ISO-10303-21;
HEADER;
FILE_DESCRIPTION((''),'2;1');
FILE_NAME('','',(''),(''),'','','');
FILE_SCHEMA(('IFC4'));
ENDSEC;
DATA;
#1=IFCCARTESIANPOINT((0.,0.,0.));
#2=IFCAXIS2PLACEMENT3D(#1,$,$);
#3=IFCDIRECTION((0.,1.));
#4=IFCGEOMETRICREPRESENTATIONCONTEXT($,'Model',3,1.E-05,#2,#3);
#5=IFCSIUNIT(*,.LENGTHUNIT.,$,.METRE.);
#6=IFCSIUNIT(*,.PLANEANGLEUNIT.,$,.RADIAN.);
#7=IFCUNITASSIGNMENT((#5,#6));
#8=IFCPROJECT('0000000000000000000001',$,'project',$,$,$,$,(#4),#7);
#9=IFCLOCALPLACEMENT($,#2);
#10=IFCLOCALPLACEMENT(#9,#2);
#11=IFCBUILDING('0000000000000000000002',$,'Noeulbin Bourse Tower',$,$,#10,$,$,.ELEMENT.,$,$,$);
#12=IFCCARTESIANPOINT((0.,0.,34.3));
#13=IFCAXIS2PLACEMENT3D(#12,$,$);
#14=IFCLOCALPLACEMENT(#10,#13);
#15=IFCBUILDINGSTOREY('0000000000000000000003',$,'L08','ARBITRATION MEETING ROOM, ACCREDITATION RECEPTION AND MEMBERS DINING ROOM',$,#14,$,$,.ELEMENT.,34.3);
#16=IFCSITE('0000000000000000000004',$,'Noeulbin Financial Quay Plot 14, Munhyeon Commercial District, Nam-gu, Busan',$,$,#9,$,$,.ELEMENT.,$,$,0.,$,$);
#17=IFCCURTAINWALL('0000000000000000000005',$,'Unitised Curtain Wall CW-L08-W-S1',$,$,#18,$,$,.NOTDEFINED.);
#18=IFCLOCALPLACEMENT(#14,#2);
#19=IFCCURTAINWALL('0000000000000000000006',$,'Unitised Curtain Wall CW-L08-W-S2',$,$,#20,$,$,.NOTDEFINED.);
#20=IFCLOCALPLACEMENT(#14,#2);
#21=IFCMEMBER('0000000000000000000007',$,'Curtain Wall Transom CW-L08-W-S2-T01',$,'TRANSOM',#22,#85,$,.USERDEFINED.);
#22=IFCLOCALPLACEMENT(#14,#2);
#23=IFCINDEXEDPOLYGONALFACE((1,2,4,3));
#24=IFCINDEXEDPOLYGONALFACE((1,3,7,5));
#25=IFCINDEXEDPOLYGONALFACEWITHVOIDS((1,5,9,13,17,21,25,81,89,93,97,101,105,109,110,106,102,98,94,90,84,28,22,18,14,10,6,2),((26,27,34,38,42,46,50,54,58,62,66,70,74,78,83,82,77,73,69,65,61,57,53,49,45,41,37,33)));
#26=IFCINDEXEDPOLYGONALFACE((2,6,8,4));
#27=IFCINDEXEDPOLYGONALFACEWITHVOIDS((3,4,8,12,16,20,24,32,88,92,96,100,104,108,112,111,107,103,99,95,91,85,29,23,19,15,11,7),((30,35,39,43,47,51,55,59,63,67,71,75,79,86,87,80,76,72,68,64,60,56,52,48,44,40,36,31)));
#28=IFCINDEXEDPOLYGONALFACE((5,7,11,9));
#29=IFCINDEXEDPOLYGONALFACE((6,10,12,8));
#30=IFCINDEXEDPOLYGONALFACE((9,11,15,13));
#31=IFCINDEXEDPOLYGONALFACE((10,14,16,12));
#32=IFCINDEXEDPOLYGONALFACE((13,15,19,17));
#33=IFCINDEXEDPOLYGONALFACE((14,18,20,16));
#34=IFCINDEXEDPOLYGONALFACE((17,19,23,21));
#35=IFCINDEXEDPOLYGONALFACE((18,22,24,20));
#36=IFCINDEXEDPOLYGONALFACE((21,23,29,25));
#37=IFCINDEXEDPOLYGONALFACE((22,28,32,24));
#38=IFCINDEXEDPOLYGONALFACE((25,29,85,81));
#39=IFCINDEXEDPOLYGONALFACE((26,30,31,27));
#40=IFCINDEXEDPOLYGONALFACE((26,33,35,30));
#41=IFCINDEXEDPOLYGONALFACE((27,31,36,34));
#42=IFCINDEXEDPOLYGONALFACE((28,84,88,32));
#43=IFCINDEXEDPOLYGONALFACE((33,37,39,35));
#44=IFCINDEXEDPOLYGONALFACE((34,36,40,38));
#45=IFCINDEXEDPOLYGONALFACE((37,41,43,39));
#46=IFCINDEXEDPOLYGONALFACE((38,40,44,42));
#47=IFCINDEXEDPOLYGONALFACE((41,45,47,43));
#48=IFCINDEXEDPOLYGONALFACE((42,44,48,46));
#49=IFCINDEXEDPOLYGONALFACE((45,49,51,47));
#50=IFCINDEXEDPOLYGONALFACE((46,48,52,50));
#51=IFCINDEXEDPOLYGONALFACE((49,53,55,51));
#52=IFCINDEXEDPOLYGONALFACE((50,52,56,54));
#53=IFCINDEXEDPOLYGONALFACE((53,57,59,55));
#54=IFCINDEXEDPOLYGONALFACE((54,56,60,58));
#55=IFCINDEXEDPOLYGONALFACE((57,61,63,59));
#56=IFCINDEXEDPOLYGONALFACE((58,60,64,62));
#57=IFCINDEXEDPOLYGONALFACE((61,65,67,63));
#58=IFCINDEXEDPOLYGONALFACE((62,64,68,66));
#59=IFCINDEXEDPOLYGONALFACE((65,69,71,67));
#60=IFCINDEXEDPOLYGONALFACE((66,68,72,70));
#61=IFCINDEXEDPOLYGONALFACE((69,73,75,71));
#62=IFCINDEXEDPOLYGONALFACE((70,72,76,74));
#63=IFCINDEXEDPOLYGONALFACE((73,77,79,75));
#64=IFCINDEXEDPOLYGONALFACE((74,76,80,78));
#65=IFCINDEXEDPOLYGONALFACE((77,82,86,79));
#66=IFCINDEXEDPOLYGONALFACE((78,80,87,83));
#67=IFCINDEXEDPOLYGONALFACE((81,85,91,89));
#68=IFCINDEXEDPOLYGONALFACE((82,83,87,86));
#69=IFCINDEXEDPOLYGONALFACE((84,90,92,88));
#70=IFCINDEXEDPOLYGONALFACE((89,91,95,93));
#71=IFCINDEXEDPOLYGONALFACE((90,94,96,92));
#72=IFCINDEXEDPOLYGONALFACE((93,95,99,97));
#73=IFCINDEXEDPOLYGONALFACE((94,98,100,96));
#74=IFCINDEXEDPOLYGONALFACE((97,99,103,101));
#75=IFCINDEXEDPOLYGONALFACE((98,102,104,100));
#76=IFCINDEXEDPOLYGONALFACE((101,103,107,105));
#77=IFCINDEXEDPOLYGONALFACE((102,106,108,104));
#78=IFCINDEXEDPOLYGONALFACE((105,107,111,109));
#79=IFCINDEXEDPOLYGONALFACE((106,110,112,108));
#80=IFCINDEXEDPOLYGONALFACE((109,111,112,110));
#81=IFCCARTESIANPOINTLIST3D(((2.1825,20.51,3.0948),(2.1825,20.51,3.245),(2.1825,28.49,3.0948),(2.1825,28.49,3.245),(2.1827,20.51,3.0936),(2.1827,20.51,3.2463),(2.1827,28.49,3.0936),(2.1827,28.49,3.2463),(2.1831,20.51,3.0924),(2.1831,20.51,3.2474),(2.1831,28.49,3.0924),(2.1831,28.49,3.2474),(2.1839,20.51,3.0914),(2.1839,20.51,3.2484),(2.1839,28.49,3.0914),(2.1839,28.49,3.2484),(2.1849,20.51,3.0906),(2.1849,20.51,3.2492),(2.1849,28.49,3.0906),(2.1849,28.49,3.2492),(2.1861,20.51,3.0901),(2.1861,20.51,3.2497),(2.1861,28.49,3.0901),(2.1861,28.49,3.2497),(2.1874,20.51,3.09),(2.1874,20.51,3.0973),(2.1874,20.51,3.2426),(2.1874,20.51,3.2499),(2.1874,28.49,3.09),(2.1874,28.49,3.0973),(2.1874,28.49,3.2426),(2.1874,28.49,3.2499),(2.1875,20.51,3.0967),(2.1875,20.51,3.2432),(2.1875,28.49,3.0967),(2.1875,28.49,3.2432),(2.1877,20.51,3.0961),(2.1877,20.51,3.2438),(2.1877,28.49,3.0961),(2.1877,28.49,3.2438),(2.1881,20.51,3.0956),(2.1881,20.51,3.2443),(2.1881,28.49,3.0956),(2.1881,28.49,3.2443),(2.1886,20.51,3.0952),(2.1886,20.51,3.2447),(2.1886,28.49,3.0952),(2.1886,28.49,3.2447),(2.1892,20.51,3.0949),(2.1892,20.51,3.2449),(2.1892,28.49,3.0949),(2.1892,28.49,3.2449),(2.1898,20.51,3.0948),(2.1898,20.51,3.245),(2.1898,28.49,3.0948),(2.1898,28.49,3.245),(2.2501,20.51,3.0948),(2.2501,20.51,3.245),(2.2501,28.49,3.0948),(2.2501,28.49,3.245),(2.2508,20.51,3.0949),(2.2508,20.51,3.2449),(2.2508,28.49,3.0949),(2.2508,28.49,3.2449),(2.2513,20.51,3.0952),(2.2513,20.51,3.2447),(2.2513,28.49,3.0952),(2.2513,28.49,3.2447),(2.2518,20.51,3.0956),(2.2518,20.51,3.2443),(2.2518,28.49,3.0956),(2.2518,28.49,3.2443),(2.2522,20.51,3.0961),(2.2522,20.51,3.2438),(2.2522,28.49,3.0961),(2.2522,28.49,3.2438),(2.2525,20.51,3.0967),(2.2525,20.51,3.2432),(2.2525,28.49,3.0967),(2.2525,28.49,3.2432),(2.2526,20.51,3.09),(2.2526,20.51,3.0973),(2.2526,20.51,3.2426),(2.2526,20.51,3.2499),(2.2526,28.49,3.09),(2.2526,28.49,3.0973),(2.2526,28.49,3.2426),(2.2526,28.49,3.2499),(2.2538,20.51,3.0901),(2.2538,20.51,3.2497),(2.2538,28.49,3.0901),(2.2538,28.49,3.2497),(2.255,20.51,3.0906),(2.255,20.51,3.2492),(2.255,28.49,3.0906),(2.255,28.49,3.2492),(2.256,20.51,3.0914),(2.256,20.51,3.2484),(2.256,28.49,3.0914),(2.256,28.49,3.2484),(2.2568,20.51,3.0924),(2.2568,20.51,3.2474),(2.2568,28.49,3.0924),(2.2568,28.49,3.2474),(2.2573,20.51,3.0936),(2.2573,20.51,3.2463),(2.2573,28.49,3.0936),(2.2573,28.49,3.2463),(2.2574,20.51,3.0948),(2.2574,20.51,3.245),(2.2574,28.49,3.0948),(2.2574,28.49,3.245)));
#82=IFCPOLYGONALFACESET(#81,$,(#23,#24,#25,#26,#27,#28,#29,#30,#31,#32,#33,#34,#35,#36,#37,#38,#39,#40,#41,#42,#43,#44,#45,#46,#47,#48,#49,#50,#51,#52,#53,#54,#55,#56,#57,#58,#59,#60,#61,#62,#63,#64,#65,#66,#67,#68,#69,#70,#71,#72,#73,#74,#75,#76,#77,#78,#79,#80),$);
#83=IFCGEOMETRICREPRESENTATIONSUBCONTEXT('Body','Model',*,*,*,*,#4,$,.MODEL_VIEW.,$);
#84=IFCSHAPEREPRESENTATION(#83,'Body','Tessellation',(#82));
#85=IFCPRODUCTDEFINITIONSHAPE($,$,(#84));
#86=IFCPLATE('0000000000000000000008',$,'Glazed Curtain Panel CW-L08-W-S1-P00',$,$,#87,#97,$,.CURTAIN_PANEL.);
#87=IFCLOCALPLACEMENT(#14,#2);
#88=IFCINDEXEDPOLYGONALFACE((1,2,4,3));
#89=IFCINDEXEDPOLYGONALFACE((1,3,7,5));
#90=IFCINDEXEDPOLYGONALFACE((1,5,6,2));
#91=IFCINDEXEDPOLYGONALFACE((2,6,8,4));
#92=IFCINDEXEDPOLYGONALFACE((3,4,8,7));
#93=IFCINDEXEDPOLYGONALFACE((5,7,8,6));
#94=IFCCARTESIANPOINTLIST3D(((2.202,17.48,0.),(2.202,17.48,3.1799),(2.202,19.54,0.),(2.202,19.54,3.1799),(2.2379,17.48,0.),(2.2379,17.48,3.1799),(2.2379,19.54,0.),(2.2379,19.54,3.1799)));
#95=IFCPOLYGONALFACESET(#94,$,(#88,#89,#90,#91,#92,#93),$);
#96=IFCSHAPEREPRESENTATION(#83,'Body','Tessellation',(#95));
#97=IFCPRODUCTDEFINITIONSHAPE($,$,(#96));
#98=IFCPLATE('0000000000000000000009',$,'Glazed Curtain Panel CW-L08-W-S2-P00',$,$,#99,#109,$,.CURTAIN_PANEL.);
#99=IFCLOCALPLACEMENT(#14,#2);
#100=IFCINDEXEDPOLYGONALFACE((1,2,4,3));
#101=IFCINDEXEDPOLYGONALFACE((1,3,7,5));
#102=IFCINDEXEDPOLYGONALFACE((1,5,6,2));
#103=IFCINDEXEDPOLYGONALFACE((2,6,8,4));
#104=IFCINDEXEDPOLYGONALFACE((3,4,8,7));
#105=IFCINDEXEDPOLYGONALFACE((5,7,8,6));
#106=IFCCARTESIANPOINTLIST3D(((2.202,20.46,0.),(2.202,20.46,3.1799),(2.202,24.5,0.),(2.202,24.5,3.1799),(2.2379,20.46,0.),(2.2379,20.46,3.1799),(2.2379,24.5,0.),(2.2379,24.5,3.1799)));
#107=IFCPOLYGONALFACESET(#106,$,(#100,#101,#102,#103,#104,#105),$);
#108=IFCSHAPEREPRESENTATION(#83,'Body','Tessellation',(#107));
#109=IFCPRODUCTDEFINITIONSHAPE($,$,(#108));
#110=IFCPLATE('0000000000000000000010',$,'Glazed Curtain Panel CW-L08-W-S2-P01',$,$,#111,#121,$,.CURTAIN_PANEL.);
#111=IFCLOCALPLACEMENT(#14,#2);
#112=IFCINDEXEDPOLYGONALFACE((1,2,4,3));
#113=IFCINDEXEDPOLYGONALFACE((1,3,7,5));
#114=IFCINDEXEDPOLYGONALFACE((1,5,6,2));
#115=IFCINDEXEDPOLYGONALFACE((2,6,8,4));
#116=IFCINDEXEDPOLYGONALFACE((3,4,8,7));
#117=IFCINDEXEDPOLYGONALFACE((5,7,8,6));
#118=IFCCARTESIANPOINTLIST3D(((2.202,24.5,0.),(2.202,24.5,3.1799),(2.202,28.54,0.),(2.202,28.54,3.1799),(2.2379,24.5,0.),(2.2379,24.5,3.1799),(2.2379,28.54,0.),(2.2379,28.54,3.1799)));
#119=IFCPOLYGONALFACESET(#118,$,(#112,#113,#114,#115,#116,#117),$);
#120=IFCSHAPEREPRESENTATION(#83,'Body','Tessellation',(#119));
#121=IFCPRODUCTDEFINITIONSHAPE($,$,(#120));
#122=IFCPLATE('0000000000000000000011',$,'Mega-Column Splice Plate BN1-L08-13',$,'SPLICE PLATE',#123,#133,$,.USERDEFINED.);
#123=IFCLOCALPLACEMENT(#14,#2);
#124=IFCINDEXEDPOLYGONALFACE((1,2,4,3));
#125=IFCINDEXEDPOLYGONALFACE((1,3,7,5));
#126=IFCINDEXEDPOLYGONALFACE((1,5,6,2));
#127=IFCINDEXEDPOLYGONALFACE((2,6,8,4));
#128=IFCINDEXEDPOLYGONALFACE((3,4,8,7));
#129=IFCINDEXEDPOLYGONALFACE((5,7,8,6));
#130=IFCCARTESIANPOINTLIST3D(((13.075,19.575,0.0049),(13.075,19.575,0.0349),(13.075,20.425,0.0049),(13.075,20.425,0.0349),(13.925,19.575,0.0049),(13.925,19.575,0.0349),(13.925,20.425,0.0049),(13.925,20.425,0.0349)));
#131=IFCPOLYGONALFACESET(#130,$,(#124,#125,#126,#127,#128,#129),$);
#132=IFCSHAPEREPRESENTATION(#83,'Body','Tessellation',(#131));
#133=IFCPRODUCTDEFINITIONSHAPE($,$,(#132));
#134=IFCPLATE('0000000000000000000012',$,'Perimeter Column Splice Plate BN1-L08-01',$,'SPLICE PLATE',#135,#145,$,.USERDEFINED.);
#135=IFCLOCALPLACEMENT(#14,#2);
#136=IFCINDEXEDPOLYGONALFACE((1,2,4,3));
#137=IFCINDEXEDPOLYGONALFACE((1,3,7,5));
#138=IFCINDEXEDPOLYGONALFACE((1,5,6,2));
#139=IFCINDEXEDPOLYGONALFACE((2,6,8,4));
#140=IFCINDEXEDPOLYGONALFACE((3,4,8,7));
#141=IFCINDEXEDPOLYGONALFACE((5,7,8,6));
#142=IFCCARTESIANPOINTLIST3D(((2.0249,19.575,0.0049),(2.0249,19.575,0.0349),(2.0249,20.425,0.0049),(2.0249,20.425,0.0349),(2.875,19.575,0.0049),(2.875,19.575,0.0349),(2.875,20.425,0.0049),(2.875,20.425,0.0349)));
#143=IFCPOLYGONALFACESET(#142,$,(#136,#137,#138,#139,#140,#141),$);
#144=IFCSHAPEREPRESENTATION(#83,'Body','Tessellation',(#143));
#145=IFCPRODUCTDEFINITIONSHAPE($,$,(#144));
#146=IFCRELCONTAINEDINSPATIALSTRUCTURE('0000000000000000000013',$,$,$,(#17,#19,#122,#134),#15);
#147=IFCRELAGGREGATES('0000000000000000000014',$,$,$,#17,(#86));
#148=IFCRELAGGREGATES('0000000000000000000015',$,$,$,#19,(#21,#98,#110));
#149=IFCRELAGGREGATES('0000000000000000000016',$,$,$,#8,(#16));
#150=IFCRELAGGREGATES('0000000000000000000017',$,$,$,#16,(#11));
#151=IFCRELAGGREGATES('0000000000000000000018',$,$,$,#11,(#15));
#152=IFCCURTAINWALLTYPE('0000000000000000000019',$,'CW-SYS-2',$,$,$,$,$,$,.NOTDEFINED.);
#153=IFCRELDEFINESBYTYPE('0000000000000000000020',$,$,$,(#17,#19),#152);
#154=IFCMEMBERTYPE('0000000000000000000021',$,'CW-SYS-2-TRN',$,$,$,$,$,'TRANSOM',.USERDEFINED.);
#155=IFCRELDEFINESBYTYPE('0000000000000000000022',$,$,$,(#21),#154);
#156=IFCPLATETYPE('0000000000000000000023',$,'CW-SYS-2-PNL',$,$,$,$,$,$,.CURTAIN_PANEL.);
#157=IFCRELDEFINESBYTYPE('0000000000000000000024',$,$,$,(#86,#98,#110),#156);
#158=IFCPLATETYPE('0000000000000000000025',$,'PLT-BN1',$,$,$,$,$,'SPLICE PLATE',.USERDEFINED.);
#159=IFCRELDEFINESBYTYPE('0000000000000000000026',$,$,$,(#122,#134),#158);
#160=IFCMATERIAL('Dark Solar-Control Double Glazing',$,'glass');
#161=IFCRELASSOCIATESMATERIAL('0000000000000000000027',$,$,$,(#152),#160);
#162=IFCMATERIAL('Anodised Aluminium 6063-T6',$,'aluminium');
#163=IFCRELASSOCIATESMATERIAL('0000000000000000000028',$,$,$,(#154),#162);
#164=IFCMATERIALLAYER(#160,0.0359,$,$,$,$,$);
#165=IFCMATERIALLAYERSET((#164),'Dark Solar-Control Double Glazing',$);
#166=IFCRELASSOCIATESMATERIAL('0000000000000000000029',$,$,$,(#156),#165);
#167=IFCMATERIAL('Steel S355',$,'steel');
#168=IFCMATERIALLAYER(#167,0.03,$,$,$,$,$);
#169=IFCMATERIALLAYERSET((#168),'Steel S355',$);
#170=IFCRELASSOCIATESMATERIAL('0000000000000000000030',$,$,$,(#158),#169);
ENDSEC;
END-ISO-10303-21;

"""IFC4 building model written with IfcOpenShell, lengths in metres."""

from ifc_helpers import new_model, si_unit, direction, frame, origin, origin_2d, place, context, subcontext, project, spatial, rectangle, hollow_rectangle, extrude, material, layer, layer_set, material_profile, profile_set, type_object, element, aggregate, save


model = new_model("IFC4")

# Units and contexts
model_context = context("Model", 3, precision=1e-05, world=origin(), true_north=direction((0.0, 1.0)))
body_context = subcontext(model_context, "Body", "Model", "MODEL_VIEW")
ifc_project = project(units=[si_unit("LENGTHUNIT", "METRE"), si_unit("PLANEANGLEUNIT", "RADIAN")], contexts=[model_context])

# Site, building, storey
site_placement = place(None, origin())
site = spatial("IfcSite", under=ifc_project, at=site_placement, Name="Noeulbin Financial Quay Plot 14, Munhyeon Commercial District, Nam-gu, Busan", CompositionType="ELEMENT", RefElevation=0.0)
building_placement = place(site_placement, origin())
building = spatial("IfcBuilding", under=site, at=building_placement, Name="Noeulbin Bourse Tower", CompositionType="ELEMENT")
storey_placement = place(building_placement, frame((0.0, 0.0, 34.3)))
storey = spatial("IfcBuildingStorey", under=building, at=storey_placement, Name="L08", Description="ARBITRATION MEETING ROOM, ACCREDITATION RECEPTION AND MEMBERS DINING ROOM", CompositionType="ELEMENT", Elevation=34.3)

# Shared definitions
ifc_material_1 = material(Name="Steel S355", Category="steel")

# Curtain walls
ifc_material_2 = material(Name="Dark Solar-Control Double Glazing", Category="glass")
curtain_wall_type = type_object("IfcCurtainWallType", Name="CW-SYS-2", PredefinedType="NOTDEFINED", material=ifc_material_2)
curtain_wall_1_placement = place(storey_placement, origin())
curtain_wall_1 = element("IfcCurtainWall", 1, at=curtain_wall_1_placement, inside=storey, type_object=curtain_wall_type, Name="Unitised Curtain Wall CW-L08-W-S1", PredefinedType="NOTDEFINED")
ifc_material_3 = material(Name="Anodised Aluminium 6063-T6", Category="aluminium")
curtain_wall_2_placement = place(storey_placement, origin())
curtain_wall_2 = element("IfcCurtainWall", 2, at=curtain_wall_2_placement, inside=storey, type_object=curtain_wall_type, Name="Unitised Curtain Wall CW-L08-W-S2", PredefinedType="NOTDEFINED")

# Member
ifc_material_profile_1 = material_profile(ifc_material_3, hollow_rectangle(XDim=0.075, YDim=0.1599, WallThickness=0.0049, InnerFilletRadius=0.0024, OuterFilletRadius=0.0049, at=origin_2d()), Name="ALU-TRAN-75x160x5", Category="LoadBearing")
ifc_profile_set_1 = profile_set([ifc_material_profile_1], Name="Anodised Aluminium 6063-T6")
member_type_1 = type_object("IfcMemberType", Name="CW-SYS-2-TRN", ElementType="TRANSOM", PredefinedType="USERDEFINED", material=ifc_profile_set_1)
member_1_placement = place(storey_placement, frame((2.22, 20.51, 3.1699), z_axis=(0.0, 1.0, 0.0), x_axis=(-1.0, 0.0, 0.0)))
member_1 = element("IfcMember", 3, at=member_1_placement, type_object=member_type_1, Name="Curtain Wall Transom CW-L08-W-S2-T01", ObjectType="TRANSOM", PredefinedType="USERDEFINED", context=body_context, shape_type="SweptSolid", body=[
    extrude(hollow_rectangle(XDim=0.075, YDim=0.1599, WallThickness=0.0049, InnerFilletRadius=0.0024, OuterFilletRadius=0.0049, at=origin_2d()), origin(), (0.0, 0.0, 1.0), 7.98),
])

# Plates
ifc_layer_1 = layer(ifc_material_2, 0.0359)
ifc_layer_set_1 = layer_set([ifc_layer_1], Name="Dark Solar-Control Double Glazing")
plate_type_1 = type_object("IfcPlateType", Name="CW-SYS-2-PNL", PredefinedType="CURTAIN_PANEL", material=ifc_layer_set_1)
plate_1_placement = place(storey_placement, frame((2.22, 18.51, 0.0), z_axis=(0.0, 0.0, 1.0), x_axis=(0.0, 1.0, 0.0)))
plate_1 = element("IfcPlate", 4, at=plate_1_placement, type_object=plate_type_1, Name="Glazed Curtain Panel CW-L08-W-S1-P00", PredefinedType="CURTAIN_PANEL", context=body_context, shape_type="SweptSolid", body=[
    extrude(rectangle(XDim=2.0601, YDim=0.0359, at=origin_2d()), origin(), (0.0, 0.0, 1.0), 3.1799),
])
aggregate(curtain_wall_1, [plate_1])
plate_2_placement = place(storey_placement, frame((2.22, 22.48, 0.0), z_axis=(0.0, 0.0, 1.0), x_axis=(0.0, 1.0, 0.0)))
plate_2 = element("IfcPlate", 5, at=plate_2_placement, type_object=plate_type_1, Name="Glazed Curtain Panel CW-L08-W-S2-P00", PredefinedType="CURTAIN_PANEL", context=body_context, shape_type="SweptSolid", body=[
    extrude(rectangle(XDim=4.04, YDim=0.0359, at=origin_2d()), origin(), (0.0, 0.0, 1.0), 3.1799),
])
plate_3_placement = place(storey_placement, frame((2.22, 26.52, 0.0), z_axis=(0.0, 0.0, 1.0), x_axis=(0.0, 1.0, 0.0)))
plate_3 = element("IfcPlate", 6, at=plate_3_placement, type_object=plate_type_1, Name="Glazed Curtain Panel CW-L08-W-S2-P01", PredefinedType="CURTAIN_PANEL", context=body_context, shape_type="SweptSolid", body=[
    extrude(rectangle(XDim=4.04, YDim=0.0359, at=origin_2d()), origin(), (0.0, 0.0, 1.0), 3.1799),
])
aggregate(curtain_wall_2, [member_1, plate_2, plate_3])

# Plates
ifc_layer_2 = layer(ifc_material_1, 0.03)
ifc_layer_set_2 = layer_set([ifc_layer_2], Name="Steel S355")
plate_type_2 = type_object("IfcPlateType", Name="PLT-BN1", ElementType="SPLICE PLATE", PredefinedType="USERDEFINED", material=ifc_layer_set_2)
for number, where, z_axis, x_axis, name in (
    (7, (13.5, 20.0, 0.0049), (0.0, 0.0, 1.0), (1.0, 0.0, 0.0), "Mega-Column Splice Plate BN1-L08-13"),
    (8, (2.45, 20.0, 0.0049), (0.0, 0.0, 1.0), (1.0, 0.0, 0.0), "Perimeter Column Splice Plate BN1-L08-01"),
):
    element("IfcPlate", number, at=place(storey_placement, frame(where, z_axis=z_axis, x_axis=x_axis)), inside=storey, type_object=plate_type_2, Name=name, ObjectType="SPLICE PLATE", PredefinedType="USERDEFINED", context=body_context, shape_type="SweptSolid", body=[
        extrude(rectangle(XDim=0.8501, YDim=0.8501, at=origin_2d()), origin(), (0.0, 0.0, 1.0), 0.03),
    ])

save(model, "model.ifc")
